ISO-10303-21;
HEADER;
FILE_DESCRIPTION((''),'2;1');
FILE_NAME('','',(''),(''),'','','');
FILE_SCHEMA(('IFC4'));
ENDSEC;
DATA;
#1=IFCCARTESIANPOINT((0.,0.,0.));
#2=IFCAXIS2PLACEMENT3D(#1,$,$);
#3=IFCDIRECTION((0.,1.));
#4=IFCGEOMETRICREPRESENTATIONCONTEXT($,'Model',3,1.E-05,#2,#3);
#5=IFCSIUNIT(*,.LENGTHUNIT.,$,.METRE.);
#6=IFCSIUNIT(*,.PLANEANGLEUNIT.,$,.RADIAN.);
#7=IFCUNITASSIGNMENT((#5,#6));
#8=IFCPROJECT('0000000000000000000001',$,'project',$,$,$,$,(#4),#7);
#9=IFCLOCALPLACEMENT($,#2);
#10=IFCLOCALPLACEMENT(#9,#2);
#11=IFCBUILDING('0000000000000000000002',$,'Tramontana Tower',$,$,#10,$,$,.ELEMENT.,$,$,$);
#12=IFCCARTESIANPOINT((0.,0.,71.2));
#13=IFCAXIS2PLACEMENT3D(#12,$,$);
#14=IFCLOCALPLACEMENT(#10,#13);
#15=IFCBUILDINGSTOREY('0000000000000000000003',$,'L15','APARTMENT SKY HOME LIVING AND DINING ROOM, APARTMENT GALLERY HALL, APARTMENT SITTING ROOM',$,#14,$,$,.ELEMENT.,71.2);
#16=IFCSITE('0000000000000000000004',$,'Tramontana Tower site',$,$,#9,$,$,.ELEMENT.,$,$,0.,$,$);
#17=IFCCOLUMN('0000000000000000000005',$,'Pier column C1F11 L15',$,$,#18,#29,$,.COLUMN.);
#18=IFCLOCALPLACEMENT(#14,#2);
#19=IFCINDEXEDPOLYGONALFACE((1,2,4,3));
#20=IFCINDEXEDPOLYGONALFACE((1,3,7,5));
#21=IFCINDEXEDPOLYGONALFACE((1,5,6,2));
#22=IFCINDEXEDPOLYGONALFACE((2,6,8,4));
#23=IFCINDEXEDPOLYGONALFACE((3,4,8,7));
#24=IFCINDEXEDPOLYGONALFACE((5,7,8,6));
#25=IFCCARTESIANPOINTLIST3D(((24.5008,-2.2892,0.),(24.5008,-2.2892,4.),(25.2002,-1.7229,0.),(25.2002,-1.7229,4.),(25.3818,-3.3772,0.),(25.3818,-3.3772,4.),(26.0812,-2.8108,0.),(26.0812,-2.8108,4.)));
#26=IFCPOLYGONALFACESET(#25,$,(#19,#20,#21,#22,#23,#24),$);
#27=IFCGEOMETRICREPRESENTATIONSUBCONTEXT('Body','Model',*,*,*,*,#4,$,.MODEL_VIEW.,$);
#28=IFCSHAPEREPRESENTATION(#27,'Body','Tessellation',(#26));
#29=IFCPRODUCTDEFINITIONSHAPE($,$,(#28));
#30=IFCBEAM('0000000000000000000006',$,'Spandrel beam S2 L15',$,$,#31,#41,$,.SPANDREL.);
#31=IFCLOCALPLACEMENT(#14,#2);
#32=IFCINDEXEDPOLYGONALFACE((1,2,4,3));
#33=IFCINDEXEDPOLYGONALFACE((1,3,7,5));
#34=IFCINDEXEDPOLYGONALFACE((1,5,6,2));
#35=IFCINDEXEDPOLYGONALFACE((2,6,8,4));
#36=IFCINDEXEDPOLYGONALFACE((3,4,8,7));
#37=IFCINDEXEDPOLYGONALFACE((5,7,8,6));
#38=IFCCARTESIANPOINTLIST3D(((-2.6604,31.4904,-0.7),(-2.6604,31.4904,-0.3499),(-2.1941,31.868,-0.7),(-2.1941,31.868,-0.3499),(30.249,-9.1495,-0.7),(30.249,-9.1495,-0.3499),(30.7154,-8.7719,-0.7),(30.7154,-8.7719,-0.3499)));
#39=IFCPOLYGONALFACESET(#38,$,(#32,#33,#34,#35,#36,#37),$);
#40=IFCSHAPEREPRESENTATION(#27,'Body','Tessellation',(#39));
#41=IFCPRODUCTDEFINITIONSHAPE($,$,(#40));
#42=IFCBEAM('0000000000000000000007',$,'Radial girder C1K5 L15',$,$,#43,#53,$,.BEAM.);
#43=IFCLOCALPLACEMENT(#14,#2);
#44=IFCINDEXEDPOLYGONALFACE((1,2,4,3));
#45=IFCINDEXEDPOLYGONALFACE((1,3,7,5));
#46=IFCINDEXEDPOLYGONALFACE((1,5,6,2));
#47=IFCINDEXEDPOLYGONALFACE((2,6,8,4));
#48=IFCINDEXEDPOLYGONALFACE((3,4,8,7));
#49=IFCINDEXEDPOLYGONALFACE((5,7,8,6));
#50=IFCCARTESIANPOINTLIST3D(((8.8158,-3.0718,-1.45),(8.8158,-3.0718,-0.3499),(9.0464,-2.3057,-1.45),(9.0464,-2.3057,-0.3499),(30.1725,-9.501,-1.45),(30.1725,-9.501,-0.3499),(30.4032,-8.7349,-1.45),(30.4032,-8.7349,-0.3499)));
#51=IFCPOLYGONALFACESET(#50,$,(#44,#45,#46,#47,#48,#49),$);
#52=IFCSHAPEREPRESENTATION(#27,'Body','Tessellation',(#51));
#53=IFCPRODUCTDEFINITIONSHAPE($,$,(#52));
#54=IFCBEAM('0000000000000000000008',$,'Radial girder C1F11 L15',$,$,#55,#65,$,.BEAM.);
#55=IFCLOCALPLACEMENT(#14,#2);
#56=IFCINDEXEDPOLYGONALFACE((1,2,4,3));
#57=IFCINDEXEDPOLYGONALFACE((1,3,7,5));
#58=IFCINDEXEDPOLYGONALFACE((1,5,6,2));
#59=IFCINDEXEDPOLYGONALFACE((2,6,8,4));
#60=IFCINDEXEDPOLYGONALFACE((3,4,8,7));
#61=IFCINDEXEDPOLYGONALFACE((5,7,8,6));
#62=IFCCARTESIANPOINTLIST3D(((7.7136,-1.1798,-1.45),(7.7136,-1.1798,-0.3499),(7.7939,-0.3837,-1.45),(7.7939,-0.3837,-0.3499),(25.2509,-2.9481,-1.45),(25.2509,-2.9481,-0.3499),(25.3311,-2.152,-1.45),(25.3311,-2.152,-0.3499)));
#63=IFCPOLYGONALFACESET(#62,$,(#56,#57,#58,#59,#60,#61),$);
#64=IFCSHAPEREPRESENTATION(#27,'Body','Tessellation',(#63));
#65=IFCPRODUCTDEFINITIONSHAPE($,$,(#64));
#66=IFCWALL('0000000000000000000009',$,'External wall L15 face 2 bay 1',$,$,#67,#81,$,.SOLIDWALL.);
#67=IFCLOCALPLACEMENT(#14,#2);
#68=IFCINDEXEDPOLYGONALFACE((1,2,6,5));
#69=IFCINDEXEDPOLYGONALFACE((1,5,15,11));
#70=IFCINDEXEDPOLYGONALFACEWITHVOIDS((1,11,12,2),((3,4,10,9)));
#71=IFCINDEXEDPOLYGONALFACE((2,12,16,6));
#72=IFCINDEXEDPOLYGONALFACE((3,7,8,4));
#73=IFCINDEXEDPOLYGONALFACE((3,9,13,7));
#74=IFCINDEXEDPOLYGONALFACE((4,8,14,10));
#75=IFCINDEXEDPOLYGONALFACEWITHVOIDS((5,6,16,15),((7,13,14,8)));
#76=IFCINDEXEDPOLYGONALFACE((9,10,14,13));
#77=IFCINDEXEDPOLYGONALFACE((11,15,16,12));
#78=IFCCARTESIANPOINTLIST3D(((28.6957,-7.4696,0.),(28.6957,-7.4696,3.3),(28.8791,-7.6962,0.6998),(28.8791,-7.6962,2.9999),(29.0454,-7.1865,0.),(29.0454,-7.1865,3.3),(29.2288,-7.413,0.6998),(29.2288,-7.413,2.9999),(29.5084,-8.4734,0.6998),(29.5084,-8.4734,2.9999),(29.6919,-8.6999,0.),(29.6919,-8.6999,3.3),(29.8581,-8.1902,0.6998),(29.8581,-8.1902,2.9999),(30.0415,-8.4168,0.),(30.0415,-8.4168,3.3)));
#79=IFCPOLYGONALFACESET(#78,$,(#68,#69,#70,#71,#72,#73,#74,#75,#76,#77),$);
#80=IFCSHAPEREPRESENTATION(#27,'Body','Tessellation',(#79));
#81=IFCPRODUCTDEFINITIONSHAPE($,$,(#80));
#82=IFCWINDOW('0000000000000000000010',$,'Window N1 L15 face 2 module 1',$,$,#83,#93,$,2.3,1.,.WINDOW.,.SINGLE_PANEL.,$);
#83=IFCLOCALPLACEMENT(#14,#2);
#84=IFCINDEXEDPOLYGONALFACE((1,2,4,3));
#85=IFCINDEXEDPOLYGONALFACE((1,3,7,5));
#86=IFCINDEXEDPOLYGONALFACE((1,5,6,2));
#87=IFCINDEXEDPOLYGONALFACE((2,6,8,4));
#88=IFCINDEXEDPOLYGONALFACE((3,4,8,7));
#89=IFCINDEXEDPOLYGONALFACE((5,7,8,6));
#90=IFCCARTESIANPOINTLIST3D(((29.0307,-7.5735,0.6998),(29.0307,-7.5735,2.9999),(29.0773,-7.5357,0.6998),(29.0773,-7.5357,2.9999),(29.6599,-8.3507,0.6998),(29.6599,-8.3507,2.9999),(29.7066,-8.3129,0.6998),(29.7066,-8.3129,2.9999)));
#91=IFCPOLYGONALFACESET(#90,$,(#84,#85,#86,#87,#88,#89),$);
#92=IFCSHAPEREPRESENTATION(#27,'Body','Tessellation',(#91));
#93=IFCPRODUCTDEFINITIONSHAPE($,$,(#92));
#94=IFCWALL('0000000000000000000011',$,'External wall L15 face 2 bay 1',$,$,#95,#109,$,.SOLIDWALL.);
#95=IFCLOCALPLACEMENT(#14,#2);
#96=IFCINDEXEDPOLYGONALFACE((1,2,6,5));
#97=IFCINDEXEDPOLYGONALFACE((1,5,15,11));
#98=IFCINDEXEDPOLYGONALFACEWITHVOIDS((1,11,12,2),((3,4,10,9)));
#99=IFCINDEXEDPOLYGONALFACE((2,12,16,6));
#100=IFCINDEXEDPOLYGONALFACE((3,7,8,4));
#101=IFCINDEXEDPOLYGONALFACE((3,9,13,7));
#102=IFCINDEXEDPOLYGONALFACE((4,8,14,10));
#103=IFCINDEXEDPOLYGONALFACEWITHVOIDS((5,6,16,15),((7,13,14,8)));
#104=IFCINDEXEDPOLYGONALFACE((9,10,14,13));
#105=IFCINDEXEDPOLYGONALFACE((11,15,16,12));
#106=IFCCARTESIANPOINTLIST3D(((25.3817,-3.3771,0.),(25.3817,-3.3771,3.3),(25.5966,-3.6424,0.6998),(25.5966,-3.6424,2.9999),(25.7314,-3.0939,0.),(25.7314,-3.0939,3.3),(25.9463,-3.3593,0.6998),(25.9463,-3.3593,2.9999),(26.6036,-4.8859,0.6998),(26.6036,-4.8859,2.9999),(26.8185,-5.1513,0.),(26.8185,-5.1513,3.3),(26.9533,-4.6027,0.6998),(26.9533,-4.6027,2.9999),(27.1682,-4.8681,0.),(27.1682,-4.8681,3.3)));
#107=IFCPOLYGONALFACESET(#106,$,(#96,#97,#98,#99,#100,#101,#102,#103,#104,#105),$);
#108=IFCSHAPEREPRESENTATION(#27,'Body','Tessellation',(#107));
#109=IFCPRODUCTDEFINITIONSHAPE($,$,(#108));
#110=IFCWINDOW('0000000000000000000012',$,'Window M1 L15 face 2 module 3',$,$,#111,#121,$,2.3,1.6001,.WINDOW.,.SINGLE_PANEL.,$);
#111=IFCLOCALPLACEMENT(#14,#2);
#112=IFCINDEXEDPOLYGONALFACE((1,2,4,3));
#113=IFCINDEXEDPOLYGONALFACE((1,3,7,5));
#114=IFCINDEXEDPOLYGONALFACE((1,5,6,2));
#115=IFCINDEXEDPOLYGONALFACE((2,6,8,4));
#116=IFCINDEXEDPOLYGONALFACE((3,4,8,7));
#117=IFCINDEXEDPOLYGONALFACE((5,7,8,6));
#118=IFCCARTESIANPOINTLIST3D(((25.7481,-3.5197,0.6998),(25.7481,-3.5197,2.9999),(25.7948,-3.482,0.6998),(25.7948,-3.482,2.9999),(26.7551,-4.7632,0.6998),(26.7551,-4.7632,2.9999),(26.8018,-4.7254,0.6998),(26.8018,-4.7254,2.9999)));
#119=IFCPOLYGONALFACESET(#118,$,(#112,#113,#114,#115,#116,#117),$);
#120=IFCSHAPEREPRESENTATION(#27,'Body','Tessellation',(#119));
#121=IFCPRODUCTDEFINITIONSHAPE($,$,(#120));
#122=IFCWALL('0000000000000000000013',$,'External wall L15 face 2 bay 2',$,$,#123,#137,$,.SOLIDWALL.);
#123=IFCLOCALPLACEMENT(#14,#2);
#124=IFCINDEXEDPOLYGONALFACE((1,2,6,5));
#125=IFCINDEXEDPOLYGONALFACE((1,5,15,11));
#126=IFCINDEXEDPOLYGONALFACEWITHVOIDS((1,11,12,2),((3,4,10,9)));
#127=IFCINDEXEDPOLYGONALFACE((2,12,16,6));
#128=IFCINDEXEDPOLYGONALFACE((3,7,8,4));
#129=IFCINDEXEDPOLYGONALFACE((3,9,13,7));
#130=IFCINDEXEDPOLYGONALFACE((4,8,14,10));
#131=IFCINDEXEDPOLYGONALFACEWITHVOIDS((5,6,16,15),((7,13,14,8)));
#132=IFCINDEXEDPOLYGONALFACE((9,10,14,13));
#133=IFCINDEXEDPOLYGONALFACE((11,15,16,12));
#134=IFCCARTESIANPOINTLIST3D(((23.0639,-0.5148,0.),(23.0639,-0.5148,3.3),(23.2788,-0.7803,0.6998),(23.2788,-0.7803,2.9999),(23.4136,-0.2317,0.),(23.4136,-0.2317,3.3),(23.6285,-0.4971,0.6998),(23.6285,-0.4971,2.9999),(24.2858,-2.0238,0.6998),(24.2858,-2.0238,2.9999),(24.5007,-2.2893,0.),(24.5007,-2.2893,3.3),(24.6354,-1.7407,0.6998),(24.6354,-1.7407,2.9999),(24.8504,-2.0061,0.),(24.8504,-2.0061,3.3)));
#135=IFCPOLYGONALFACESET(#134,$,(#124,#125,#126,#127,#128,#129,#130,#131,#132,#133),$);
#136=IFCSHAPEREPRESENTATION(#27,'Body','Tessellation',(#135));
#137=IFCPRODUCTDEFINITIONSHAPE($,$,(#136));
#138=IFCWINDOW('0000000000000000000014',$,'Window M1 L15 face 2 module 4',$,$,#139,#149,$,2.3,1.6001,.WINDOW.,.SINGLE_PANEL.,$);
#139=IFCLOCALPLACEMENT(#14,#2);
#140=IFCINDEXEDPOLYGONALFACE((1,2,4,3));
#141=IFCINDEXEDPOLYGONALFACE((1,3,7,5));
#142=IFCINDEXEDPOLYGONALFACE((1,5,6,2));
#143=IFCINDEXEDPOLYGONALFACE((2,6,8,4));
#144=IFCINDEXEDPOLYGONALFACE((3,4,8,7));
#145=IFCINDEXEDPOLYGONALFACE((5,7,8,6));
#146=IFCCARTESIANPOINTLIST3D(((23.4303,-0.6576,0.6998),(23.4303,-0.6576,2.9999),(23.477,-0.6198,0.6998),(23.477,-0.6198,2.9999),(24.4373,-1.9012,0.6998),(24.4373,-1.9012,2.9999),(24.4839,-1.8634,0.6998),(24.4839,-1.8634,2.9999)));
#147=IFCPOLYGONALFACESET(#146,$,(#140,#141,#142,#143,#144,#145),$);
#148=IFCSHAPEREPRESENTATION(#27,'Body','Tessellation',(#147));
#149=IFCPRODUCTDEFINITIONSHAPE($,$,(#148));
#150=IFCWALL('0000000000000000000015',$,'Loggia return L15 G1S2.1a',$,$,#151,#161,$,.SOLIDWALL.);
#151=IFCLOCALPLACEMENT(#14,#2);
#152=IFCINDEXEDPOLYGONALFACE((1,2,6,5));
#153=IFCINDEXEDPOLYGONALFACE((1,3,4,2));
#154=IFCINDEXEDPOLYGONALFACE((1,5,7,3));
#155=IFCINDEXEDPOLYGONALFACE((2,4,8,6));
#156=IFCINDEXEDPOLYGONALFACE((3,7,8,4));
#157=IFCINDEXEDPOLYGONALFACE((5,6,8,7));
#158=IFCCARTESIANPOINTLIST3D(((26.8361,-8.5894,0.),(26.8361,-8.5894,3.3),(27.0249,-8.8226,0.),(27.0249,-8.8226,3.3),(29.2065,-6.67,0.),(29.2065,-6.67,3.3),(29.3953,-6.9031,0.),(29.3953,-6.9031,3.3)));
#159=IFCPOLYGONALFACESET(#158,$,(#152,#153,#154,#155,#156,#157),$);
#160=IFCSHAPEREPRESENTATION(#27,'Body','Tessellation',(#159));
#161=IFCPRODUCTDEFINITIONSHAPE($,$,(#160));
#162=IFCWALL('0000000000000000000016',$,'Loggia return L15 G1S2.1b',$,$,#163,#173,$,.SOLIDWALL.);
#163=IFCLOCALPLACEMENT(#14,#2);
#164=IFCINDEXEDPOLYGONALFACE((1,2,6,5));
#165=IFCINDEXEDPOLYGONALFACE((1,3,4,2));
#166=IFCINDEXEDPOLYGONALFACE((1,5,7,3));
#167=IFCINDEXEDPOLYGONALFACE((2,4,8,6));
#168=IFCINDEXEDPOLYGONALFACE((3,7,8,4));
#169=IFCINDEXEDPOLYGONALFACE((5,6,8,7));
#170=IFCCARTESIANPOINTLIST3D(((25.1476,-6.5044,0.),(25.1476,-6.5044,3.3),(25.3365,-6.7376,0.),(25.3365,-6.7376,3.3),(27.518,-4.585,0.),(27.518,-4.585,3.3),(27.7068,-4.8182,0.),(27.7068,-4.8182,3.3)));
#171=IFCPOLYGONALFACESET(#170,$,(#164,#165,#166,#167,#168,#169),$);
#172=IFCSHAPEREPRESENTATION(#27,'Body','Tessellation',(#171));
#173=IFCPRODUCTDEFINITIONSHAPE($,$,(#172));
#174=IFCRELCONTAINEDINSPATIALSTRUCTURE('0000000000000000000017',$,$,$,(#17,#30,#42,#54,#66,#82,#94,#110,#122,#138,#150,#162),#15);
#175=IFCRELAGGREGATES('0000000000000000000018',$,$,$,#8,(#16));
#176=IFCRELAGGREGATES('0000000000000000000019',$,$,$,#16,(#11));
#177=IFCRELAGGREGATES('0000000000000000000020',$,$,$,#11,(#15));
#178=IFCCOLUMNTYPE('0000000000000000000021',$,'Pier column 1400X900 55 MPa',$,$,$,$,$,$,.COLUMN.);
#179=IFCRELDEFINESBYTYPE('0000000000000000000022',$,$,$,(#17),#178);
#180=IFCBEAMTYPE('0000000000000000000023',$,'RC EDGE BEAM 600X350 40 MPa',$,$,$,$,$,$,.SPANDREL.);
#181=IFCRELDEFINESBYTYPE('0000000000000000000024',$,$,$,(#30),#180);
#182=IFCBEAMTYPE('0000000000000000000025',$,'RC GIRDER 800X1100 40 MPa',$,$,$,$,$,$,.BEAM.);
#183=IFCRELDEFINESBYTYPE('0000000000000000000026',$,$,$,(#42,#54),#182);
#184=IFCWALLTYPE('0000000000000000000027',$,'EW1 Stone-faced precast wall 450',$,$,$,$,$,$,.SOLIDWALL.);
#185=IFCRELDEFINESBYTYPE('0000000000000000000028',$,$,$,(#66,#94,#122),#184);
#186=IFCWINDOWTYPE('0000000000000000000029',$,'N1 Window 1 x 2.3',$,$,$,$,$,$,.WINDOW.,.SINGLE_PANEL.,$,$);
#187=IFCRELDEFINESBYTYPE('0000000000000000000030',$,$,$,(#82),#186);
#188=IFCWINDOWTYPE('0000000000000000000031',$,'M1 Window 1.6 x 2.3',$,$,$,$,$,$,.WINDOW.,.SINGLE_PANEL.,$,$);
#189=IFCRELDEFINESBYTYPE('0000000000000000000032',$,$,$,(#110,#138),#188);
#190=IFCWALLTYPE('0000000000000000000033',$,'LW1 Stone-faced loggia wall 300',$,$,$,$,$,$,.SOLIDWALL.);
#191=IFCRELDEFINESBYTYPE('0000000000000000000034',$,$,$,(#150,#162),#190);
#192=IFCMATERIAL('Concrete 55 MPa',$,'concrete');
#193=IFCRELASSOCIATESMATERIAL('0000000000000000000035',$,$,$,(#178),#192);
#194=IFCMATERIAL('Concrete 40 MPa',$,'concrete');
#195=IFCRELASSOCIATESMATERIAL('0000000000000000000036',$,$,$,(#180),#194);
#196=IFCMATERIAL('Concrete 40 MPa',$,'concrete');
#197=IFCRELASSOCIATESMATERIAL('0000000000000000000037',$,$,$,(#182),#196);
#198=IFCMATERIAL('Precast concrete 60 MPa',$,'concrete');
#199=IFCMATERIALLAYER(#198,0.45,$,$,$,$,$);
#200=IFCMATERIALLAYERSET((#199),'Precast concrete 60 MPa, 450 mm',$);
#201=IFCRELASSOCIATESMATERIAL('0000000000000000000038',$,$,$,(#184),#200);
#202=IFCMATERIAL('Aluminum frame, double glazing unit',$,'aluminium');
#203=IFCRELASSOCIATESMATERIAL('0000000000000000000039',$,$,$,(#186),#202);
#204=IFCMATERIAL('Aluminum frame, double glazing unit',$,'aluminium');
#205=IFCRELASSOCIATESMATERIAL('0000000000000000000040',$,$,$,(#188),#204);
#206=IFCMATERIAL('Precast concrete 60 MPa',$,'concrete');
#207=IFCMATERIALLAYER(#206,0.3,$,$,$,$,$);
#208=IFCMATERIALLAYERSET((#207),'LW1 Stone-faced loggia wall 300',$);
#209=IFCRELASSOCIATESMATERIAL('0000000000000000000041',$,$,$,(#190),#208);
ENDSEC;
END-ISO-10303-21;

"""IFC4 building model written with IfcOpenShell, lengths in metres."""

from ifc_helpers import new_model, si_unit, direction, frame, frame_2d, origin, origin_2d, place, context, subcontext, project, spatial, rectangle, extrude, material, layer, layer_set, material_profile, profile_set, type_object, element, fill, save


model = new_model("IFC4")

# Units and contexts
model_context = context("Model", 3, precision=1e-05, world=origin(), true_north=direction((0.0, 1.0)))
body_context = subcontext(model_context, "Body", "Model", "MODEL_VIEW")
ifc_project = project(units=[si_unit("LENGTHUNIT", "METRE"), si_unit("PLANEANGLEUNIT", "RADIAN")], contexts=[model_context])

# Site, building, storey
site_placement = place(None, origin())
site = spatial("IfcSite", under=ifc_project, at=site_placement, Name="Tramontana Tower site", CompositionType="ELEMENT", RefElevation=0.0)
building_placement = place(site_placement, origin())
building = spatial("IfcBuilding", under=site, at=building_placement, Name="Tramontana Tower", CompositionType="ELEMENT")
storey_placement = place(building_placement, frame((0.0, 0.0, 71.2)))
storey = spatial("IfcBuildingStorey", under=building, at=storey_placement, Name="L15", Description="APARTMENT SKY HOME LIVING AND DINING ROOM, APARTMENT GALLERY HALL, APARTMENT SITTING ROOM", CompositionType="ELEMENT", Elevation=71.2)

# Column
ifc_material_1 = material(Name="Concrete 55 MPa", Category="concrete")
ifc_material_profile_1 = material_profile(ifc_material_1, rectangle(XDim=1.3999, YDim=0.8999, at=origin_2d()), Name="Pier column 1400X900 55 MPa")
ifc_profile_set_1 = profile_set([ifc_material_profile_1], Name="Concrete 55 MPa")
column_type = type_object("IfcColumnType", Name="Pier column 1400X900 55 MPa", PredefinedType="COLUMN", material=ifc_profile_set_1)
column_placement = place(storey_placement, frame((25.291, -2.55, 0.0), z_axis=(0.0, 0.0, 1.0), x_axis=(-0.62932, 0.777146, 0.0)))
element("IfcColumn", 1, at=column_placement, inside=storey, type_object=column_type, Name="Pier column C1F11 L15", PredefinedType="COLUMN", context=body_context, shape_type="SweptSolid", body=[
    extrude(rectangle(XDim=1.3999, YDim=0.8999, at=origin_2d()), origin(), (0.0, 0.0, 1.0), 4.0),
])

# Beams
ifc_material_2 = material(Name="Concrete 40 MPa", Category="concrete")
ifc_material_profile_2 = material_profile(ifc_material_2, rectangle(XDim=0.6001, YDim=0.3501, at=origin_2d()), Name="RC EDGE BEAM 600X350 40 MPa")
ifc_profile_set_2 = profile_set([ifc_material_profile_2], Name="Concrete 40 MPa")
beam_type_1 = type_object("IfcBeamType", Name="RC EDGE BEAM 600X350 40 MPa", PredefinedType="SPANDREL", material=ifc_profile_set_2)
beam_1_placement = place(storey_placement, frame((30.4822, -8.9607, -0.5249), z_axis=(-0.629319, 0.777147, 0.0), x_axis=(-0.777147, -0.629319, 0.0)))
element("IfcBeam", 2, at=beam_1_placement, inside=storey, type_object=beam_type_1, Name="Spandrel beam S2 L15", PredefinedType="SPANDREL", context=body_context, shape_type="SweptSolid", body=[
    extrude(rectangle(XDim=0.6001, YDim=0.3501, at=origin_2d()), origin(), (0.0, 0.0, 1.0), 52.2937),
])
ifc_material_3 = material(Name="Concrete 40 MPa", Category="concrete")
ifc_material_profile_3 = material_profile(ifc_material_3, rectangle(XDim=0.8, YDim=1.1001, at=origin_2d()), Name="RC GIRDER 800X1100 40 MPa")
ifc_profile_set_3 = profile_set([ifc_material_profile_3], Name="Concrete 40 MPa")
beam_type_2 = type_object("IfcBeamType", Name="RC GIRDER 800X1100 40 MPa", PredefinedType="BEAM", material=ifc_profile_set_3)
beam_2_placement = place(storey_placement, frame((30.2878, -9.1179, -0.8999), z_axis=(-0.957552, 0.288261, 0.0), x_axis=(-0.288261, -0.957552, 0.0)))
element("IfcBeam", 3, at=beam_2_placement, inside=storey, type_object=beam_type_2, Name="Radial girder C1K5 L15", PredefinedType="BEAM", context=body_context, shape_type="SweptSolid", body=[
    extrude(rectangle(XDim=0.8, YDim=1.1001, at=origin_2d()), origin(), (0.0, 0.0, 1.0), 22.3035),
])
beam_3_placement = place(storey_placement, frame((25.291, -2.55, -0.8999), z_axis=(-0.994955, 0.100322, 0.0), x_axis=(-0.100322, -0.994955, 0.0)))
element("IfcBeam", 4, at=beam_3_placement, inside=storey, type_object=beam_type_2, Name="Radial girder C1F11 L15", PredefinedType="BEAM", context=body_context, shape_type="SweptSolid", body=[
    extrude(rectangle(XDim=0.8, YDim=1.1001, at=origin_2d()), origin(), (0.0, 0.0, 1.0), 17.6262),
])

# Walls, openings, windows
ifc_material_4 = material(Name="Precast concrete 60 MPa", Category="concrete")
ifc_layer_1 = layer(ifc_material_4, 0.45)
ifc_layer_set_1 = layer_set([ifc_layer_1], Name="Precast concrete 60 MPa, 450 mm")
wall_type_1 = type_object("IfcWallType", Name="EW1 Stone-faced precast wall 450", PredefinedType="SOLIDWALL", material=ifc_layer_set_1)
wall_1_placement = place(storey_placement, frame((29.8667, -8.5583, 0.0), z_axis=(0.0, 0.0, 1.0), x_axis=(-0.629274, 0.777184, 0.0)))
wall_1 = element("IfcWall", 5, at=wall_1_placement, inside=storey, type_object=wall_type_1, Name="External wall L15 face 2 bay 1", PredefinedType="SOLIDWALL", context=body_context, shape_type="SweptSolid", body=[
    extrude(rectangle(XDim=1.583, YDim=0.45, at=frame_2d((0.7915, 0.0))), origin(), (0.0, 0.0, 1.0), 3.3),
])
opening_1_placement = place(wall_1_placement, frame((0.2915, 0.0, 0.7)))
opening_1 = element("IfcOpeningElement", 6, at=opening_1_placement, cuts=wall_1, PredefinedType="OPENING", context=body_context, shape_type="SweptSolid", body=[
    extrude(rectangle(XDim=1.0, YDim=2.3, at=frame_2d((0.5, 1.1499))), frame((0.0, 0.2349, 0.0), z_axis=(0.0, -1.0, 0.0), x_axis=(1.0, 0.0, 0.0)), (0.0, 0.0, 1.0), 0.47),
])
ifc_material_5 = material(Name="Aluminum frame, double glazing unit", Category="aluminium")
window_type_1 = type_object("IfcWindowType", Name="N1 Window 1 x 2.3", PartitioningType="SINGLE_PANEL", PredefinedType="WINDOW", material=ifc_material_5)
window_1_placement = place(opening_1_placement, origin())
window_1 = element("IfcWindow", 7, at=window_1_placement, inside=storey, type_object=window_type_1, Name="Window N1 L15 face 2 module 1", OverallHeight=2.3, OverallWidth=1.0, PartitioningType="SINGLE_PANEL", PredefinedType="WINDOW", context=body_context, shape_type="SweptSolid", body=[
    extrude(rectangle(XDim=1.0, YDim=2.3, at=frame_2d((0.5, 1.1499))), frame((0.0, 0.03, 0.0), z_axis=(0.0, -1.0, 0.0), x_axis=(1.0, 0.0, 0.0)), (0.0, 0.0, 1.0), 0.0601),
])
fill(opening_1, window_1)
wall_2_placement = place(storey_placement, frame((26.9934, -5.0098, 0.0), z_axis=(0.0, 0.0, 1.0), x_axis=(-0.62934, 0.77713, 0.0)))
wall_2 = element("IfcWall", 8, at=wall_2_placement, inside=storey, type_object=wall_type_1, Name="External wall L15 face 2 bay 1", PredefinedType="SOLIDWALL", context=body_context, shape_type="SweptSolid", body=[
    extrude(rectangle(XDim=2.283, YDim=0.45, at=frame_2d((1.1416, 0.0))), origin(), (0.0, 0.0, 1.0), 3.3),
])
opening_2_placement = place(wall_2_placement, frame((0.3416, 0.0, 0.7)))
opening_2 = element("IfcOpeningElement", 9, at=opening_2_placement, cuts=wall_2, PredefinedType="OPENING", context=body_context, shape_type="SweptSolid", body=[
    extrude(rectangle(XDim=1.6001, YDim=2.3, at=frame_2d((0.8, 1.1499))), frame((0.0, 0.2349, 0.0), z_axis=(0.0, -1.0, 0.0), x_axis=(1.0, 0.0, 0.0)), (0.0, 0.0, 1.0), 0.47),
])
ifc_material_6 = material(Name="Aluminum frame, double glazing unit", Category="aluminium")
window_type_2 = type_object("IfcWindowType", Name="M1 Window 1.6 x 2.3", PartitioningType="SINGLE_PANEL", PredefinedType="WINDOW", material=ifc_material_6)
window_2_placement = place(opening_2_placement, origin())
window_2 = element("IfcWindow", 10, at=window_2_placement, inside=storey, type_object=window_type_2, Name="Window M1 L15 face 2 module 3", OverallHeight=2.3, OverallWidth=1.6001, PartitioningType="SINGLE_PANEL", PredefinedType="WINDOW", context=body_context, shape_type="SweptSolid", body=[
    extrude(rectangle(XDim=1.6001, YDim=2.3, at=frame_2d((0.8, 1.1499))), frame((0.0, 0.03, 0.0), z_axis=(0.0, -1.0, 0.0), x_axis=(1.0, 0.0, 0.0)), (0.0, 0.0, 1.0), 0.0601),
])
fill(opening_2, window_2)
wall_3_placement = place(storey_placement, frame((24.6755, -2.1477, 0.0), z_axis=(0.0, 0.0, 1.0), x_axis=(-0.629287, 0.777173, 0.0)))
wall_3 = element("IfcWall", 11, at=wall_3_placement, inside=storey, type_object=wall_type_1, Name="External wall L15 face 2 bay 2", PredefinedType="SOLIDWALL", context=body_context, shape_type="SweptSolid", body=[
    extrude(rectangle(XDim=2.2832, YDim=0.45, at=frame_2d((1.1416, 0.0))), origin(), (0.0, 0.0, 1.0), 3.3),
])
opening_3_placement = place(wall_3_placement, frame((0.3416, 0.0, 0.7)))
opening_3 = element("IfcOpeningElement", 12, at=opening_3_placement, cuts=wall_3, PredefinedType="OPENING", context=body_context, shape_type="SweptSolid", body=[
    extrude(rectangle(XDim=1.6001, YDim=2.3, at=frame_2d((0.8, 1.1499))), frame((0.0, 0.2349, 0.0), z_axis=(0.0, -1.0, 0.0), x_axis=(1.0, 0.0, 0.0)), (0.0, 0.0, 1.0), 0.47),
])
window_3_placement = place(opening_3_placement, origin())
window_3 = element("IfcWindow", 13, at=window_3_placement, inside=storey, type_object=window_type_2, Name="Window M1 L15 face 2 module 4", OverallHeight=2.3, OverallWidth=1.6001, PartitioningType="SINGLE_PANEL", PredefinedType="WINDOW", context=body_context, shape_type="SweptSolid", body=[
    extrude(rectangle(XDim=1.6001, YDim=2.3, at=frame_2d((0.8, 1.1499))), frame((0.0, 0.03, 0.0), z_axis=(0.0, -1.0, 0.0), x_axis=(1.0, 0.0, 0.0)), (0.0, 0.0, 1.0), 0.0601),
])
fill(opening_3, window_3)

# Shared definitions
ifc_material_7 = material(Name="Precast concrete 60 MPa", Category="concrete")
ifc_layer_2 = layer(ifc_material_7, 0.3)
ifc_layer_set_2 = layer_set([ifc_layer_2], Name="LW1 Stone-faced loggia wall 300")
wall_type_2 = type_object("IfcWallType", Name="LW1 Stone-faced loggia wall 300", PredefinedType="SOLIDWALL", material=ifc_layer_set_2)

# Walls
for number, where, z_axis, x_axis, name in (
    (14, (29.3008, -6.7866, 0.0), (0.0, 0.0, 1.0), (-0.777154, -0.629311, 0.0), "Loggia return L15 G1S2.1a"),
    (15, (27.6123, -4.7017, 0.0), (0.0, 0.0, 1.0), (-0.777154, -0.629311, 0.0), "Loggia return L15 G1S2.1b"),
):
    element("IfcWall", number, at=place(storey_placement, frame(where, z_axis=z_axis, x_axis=x_axis)), inside=storey, type_object=wall_type_2, Name=name, PredefinedType="SOLIDWALL", context=body_context, shape_type="SweptSolid", body=[
        extrude(rectangle(XDim=3.05, YDim=0.3, at=frame_2d((1.5249, 0.0))), origin(), (0.0, 0.0, 1.0), 3.3),
    ])

save(model, "model.ifc")
